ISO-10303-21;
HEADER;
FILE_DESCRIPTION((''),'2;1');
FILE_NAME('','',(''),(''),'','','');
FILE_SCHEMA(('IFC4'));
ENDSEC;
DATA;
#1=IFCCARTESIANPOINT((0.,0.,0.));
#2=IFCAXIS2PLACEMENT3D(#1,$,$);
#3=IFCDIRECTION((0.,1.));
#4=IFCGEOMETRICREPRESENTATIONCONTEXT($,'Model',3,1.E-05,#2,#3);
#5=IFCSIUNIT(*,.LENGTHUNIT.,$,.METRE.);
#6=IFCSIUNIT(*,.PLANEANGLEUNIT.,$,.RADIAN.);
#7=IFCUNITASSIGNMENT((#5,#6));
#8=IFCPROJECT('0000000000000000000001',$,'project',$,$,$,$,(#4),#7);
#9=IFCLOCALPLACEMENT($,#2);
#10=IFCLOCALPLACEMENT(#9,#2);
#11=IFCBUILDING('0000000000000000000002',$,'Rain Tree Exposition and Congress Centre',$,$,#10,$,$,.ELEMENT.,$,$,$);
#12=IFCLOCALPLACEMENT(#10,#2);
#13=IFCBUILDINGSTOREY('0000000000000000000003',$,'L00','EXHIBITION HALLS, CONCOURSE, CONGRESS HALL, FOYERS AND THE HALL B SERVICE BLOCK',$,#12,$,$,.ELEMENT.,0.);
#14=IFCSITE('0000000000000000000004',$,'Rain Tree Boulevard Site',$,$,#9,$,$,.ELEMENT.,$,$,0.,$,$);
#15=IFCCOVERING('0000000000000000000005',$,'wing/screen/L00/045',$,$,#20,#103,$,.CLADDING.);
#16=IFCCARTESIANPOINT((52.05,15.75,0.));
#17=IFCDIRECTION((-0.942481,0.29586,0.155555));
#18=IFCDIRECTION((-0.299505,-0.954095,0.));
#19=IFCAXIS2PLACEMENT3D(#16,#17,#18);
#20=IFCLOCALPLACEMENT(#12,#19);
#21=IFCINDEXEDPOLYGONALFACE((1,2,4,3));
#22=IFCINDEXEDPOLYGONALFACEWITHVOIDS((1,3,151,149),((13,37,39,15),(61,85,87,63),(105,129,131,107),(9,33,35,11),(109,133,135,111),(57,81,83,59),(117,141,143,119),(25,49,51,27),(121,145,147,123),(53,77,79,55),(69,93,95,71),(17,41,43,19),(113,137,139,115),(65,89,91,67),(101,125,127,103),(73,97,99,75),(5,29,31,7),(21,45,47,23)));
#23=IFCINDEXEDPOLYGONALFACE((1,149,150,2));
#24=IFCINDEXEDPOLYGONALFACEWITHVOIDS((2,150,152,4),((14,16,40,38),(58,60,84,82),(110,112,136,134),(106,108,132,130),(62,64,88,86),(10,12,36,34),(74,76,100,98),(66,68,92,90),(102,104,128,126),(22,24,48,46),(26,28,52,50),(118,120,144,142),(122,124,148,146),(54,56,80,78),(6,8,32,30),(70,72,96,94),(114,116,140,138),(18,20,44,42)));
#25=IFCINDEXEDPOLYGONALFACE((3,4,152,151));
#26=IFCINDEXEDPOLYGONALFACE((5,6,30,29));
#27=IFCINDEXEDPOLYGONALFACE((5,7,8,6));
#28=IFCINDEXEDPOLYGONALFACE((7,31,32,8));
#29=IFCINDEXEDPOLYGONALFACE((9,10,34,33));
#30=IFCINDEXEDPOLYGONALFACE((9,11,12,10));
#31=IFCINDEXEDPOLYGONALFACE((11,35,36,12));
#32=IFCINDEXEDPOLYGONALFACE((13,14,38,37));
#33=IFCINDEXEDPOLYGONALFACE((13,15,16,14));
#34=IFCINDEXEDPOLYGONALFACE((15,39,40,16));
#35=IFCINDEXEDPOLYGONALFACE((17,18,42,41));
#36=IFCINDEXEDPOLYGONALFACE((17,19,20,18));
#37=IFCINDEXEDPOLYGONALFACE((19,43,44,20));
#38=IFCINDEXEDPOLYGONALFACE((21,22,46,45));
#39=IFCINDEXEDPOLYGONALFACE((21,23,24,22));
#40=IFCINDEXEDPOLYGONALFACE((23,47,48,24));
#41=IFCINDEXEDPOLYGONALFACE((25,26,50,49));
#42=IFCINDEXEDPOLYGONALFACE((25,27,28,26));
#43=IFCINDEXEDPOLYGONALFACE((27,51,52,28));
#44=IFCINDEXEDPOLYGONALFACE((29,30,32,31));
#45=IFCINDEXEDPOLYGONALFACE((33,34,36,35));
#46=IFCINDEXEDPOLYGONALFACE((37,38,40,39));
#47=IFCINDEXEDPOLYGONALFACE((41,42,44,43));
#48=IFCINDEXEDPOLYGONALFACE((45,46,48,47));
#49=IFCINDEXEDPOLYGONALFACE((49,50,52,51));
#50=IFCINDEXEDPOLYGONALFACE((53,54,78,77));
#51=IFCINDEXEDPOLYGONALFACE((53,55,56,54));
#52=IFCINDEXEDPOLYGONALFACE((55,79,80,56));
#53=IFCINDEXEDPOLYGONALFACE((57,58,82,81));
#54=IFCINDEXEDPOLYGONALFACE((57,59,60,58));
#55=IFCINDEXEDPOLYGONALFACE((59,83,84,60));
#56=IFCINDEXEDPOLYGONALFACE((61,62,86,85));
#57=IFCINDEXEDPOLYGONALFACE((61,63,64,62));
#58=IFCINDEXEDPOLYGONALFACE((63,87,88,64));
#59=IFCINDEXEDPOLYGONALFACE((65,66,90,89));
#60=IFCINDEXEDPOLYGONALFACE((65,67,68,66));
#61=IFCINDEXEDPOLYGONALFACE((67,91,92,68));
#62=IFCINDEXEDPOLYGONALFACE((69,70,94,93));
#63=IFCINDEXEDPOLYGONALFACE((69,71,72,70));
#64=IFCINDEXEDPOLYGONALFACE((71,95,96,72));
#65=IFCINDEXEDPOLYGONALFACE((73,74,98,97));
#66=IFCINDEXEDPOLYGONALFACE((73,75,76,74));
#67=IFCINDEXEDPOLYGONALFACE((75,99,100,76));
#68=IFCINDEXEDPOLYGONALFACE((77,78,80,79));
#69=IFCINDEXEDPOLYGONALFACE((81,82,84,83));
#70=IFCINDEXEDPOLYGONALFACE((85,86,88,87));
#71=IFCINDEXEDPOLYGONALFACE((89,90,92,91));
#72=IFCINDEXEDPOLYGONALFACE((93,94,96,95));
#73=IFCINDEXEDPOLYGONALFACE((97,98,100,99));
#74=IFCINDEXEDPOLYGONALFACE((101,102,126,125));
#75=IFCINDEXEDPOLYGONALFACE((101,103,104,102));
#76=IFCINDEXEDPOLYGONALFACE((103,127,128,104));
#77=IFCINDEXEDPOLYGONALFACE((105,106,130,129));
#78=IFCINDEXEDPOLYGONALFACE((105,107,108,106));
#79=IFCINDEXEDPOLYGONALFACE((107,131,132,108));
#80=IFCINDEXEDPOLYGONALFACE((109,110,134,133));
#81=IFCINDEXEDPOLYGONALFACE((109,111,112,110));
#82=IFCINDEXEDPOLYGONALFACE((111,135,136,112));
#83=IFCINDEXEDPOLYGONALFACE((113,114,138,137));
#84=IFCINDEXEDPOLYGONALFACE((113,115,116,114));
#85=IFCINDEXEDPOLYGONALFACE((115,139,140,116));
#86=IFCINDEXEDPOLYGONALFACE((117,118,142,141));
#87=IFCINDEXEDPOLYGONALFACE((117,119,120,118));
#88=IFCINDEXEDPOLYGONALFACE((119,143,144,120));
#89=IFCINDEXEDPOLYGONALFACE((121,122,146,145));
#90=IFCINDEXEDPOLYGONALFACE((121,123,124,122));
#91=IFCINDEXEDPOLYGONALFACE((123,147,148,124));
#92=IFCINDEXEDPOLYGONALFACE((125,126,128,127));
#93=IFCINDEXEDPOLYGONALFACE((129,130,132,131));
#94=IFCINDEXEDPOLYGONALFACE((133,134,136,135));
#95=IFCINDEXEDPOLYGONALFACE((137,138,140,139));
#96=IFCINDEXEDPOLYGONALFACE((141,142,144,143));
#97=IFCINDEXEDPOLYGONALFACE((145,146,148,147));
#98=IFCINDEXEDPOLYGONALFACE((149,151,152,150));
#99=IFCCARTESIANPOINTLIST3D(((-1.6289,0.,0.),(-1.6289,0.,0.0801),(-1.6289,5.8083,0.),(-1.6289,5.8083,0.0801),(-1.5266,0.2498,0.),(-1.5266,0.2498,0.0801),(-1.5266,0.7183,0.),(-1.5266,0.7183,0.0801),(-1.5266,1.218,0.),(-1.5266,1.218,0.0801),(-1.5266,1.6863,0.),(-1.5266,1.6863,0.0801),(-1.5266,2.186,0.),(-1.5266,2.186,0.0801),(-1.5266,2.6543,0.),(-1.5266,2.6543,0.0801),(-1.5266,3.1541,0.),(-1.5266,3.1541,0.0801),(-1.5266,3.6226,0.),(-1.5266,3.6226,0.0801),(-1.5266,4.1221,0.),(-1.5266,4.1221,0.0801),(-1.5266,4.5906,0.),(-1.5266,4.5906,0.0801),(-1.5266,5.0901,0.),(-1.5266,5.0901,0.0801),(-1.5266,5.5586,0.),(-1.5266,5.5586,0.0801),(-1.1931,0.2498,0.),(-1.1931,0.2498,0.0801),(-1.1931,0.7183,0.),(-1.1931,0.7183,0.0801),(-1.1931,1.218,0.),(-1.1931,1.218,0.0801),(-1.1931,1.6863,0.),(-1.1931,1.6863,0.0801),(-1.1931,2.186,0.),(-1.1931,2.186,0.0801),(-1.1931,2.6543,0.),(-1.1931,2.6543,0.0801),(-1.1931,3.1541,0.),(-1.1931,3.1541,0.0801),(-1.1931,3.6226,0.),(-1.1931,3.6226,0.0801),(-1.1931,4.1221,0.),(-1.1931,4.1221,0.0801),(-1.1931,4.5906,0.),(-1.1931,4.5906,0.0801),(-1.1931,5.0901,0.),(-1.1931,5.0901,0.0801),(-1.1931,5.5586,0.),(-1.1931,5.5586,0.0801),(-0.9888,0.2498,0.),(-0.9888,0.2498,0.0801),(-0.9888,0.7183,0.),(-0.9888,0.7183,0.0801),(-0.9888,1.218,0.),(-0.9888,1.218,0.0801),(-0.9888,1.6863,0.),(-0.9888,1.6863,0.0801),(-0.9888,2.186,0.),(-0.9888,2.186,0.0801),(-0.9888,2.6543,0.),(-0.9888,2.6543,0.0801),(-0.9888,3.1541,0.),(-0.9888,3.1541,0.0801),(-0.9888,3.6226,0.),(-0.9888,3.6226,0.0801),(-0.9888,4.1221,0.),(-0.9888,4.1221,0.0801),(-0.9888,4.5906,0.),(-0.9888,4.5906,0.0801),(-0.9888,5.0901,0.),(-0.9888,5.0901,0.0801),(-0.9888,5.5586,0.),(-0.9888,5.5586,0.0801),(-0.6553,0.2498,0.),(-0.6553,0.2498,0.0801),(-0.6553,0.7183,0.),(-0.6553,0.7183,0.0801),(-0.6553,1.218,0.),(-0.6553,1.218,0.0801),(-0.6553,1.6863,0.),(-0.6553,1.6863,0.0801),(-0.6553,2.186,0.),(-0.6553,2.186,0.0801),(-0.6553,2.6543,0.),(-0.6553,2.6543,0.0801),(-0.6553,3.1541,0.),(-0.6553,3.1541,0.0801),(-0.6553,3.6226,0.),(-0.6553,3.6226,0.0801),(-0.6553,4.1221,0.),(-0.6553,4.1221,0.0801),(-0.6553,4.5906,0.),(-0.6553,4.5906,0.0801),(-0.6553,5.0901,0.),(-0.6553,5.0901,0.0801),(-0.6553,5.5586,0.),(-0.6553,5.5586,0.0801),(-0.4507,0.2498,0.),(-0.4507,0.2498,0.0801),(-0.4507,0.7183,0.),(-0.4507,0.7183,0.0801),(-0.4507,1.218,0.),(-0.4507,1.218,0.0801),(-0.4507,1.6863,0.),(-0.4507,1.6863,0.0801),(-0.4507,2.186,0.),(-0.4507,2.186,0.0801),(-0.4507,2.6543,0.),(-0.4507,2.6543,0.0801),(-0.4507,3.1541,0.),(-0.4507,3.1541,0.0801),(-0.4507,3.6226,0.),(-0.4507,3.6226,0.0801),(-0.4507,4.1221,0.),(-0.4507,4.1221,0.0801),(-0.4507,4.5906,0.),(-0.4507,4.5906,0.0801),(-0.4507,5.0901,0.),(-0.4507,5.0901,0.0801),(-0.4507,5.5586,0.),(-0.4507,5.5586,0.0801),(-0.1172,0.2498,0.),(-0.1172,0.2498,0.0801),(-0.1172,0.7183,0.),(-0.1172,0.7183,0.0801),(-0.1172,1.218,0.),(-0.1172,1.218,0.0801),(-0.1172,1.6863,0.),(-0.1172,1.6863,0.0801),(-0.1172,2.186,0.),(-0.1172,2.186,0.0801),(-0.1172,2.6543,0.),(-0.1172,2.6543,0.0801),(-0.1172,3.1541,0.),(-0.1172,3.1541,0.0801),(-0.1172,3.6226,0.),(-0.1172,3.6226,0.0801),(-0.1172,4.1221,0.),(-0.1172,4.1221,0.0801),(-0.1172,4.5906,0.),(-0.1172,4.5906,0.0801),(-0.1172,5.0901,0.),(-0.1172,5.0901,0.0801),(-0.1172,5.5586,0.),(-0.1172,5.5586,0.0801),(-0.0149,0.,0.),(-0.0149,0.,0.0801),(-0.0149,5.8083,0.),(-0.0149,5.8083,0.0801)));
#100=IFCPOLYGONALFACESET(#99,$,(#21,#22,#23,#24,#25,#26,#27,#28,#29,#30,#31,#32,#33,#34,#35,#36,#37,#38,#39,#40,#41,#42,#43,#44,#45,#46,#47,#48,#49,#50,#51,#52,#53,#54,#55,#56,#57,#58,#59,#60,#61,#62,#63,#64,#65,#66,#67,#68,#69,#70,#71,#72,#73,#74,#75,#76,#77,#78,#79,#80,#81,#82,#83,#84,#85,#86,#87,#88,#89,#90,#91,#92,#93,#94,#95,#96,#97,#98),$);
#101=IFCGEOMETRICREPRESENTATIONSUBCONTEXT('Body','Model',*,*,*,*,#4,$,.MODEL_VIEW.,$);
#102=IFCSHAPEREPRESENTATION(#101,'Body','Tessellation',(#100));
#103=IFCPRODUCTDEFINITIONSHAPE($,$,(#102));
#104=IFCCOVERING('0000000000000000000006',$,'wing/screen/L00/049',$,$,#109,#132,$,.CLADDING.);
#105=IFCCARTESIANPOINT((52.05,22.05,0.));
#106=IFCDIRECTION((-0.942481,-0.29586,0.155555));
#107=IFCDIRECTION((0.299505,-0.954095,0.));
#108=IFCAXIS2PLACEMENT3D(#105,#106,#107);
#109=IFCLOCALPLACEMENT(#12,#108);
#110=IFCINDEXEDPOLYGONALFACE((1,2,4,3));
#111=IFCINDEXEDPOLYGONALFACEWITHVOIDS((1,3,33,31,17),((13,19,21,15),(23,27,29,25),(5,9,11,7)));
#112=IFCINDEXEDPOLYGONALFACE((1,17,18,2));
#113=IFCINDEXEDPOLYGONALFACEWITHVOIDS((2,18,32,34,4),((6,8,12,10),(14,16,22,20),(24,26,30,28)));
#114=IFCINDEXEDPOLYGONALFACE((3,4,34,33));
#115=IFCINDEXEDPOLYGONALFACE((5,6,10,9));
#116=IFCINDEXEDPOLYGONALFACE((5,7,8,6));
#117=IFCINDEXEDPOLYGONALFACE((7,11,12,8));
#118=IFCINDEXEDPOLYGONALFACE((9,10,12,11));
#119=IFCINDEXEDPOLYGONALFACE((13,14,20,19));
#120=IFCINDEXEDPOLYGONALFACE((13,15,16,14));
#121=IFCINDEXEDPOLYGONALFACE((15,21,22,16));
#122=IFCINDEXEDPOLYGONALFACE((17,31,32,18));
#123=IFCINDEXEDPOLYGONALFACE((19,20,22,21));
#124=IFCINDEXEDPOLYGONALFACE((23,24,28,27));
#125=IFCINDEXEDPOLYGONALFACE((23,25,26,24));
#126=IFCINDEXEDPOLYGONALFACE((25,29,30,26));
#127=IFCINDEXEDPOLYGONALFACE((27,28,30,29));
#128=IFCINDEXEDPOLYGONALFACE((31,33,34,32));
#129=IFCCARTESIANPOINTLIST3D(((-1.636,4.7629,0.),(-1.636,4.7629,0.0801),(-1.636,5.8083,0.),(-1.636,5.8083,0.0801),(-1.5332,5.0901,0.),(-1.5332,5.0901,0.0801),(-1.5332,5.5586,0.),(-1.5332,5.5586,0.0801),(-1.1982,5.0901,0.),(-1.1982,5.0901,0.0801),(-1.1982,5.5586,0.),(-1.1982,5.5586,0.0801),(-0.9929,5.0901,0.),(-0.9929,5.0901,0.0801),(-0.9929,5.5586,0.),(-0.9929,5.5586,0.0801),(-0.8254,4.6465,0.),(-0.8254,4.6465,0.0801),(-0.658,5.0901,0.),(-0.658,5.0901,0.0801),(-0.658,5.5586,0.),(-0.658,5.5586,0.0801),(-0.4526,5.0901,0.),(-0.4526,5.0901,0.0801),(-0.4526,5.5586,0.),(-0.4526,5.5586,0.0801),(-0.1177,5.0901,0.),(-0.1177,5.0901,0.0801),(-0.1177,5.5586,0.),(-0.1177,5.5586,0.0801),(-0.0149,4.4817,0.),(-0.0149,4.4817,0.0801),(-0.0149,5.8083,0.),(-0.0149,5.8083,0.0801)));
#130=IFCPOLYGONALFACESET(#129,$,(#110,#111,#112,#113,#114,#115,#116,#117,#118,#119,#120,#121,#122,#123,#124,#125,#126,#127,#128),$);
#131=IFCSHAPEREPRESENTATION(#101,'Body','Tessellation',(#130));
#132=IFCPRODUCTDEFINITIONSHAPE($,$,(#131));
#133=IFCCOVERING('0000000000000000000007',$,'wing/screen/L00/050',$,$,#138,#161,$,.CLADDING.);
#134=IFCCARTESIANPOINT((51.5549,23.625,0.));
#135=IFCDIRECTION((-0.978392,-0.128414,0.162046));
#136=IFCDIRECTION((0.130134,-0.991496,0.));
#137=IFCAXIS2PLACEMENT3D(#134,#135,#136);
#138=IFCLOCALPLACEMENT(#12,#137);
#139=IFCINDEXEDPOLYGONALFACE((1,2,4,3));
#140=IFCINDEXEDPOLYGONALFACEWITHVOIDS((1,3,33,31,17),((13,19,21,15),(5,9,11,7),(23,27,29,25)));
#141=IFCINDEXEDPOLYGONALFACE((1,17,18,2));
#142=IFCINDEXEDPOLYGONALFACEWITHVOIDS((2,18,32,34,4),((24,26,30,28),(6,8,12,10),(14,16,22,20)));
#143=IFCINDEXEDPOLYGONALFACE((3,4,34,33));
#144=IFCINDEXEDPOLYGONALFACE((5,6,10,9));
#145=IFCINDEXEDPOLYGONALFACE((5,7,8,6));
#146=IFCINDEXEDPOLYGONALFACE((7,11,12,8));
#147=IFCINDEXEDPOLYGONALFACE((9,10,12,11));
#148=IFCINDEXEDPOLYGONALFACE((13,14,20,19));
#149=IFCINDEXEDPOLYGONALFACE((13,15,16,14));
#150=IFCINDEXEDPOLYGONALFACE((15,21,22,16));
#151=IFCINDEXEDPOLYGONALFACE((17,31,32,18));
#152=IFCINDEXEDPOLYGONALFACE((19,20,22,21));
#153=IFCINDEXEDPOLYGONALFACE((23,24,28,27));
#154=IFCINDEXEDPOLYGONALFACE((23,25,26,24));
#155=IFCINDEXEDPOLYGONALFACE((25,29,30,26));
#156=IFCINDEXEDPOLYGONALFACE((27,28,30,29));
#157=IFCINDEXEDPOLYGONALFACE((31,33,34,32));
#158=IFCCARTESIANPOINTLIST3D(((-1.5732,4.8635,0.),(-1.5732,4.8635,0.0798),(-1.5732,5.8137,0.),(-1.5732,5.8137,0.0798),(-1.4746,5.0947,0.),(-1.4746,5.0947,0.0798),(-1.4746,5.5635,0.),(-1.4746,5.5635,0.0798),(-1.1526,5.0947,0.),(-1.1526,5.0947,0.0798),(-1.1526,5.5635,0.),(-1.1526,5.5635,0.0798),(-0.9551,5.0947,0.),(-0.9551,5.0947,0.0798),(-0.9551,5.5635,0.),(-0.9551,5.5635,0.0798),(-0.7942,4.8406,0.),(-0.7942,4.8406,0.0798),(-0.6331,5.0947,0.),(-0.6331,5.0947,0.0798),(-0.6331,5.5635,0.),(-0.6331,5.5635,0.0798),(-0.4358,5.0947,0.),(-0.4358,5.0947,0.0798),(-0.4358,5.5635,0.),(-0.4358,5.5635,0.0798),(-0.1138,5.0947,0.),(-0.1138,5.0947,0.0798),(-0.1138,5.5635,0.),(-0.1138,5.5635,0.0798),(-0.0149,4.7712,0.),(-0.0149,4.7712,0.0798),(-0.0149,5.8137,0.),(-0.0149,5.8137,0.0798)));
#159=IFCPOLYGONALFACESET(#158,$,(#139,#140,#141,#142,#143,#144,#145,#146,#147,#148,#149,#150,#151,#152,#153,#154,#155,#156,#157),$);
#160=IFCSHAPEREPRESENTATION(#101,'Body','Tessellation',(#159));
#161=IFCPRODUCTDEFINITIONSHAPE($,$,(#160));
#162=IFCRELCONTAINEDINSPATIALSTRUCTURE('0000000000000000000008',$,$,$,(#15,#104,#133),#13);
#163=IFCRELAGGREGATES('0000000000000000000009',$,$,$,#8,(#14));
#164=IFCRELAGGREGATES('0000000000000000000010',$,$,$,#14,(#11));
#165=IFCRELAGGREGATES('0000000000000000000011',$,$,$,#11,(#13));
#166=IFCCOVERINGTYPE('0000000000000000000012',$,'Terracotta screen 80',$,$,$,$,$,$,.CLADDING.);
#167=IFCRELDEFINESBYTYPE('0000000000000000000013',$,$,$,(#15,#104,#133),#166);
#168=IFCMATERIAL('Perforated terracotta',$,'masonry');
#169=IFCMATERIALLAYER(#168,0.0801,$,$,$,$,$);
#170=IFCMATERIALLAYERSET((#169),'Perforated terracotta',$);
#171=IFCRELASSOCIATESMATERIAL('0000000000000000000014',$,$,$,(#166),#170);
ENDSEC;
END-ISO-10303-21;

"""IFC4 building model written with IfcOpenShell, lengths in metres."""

from ifc_helpers import new_model, si_unit, direction, frame, origin, place, context, subcontext, project, spatial, polyline, outline, extrude, material, layer, layer_set, type_object, element, save


model = new_model("IFC4")

# Units and contexts
model_context = context("Model", 3, precision=1e-05, world=origin(), true_north=direction((0.0, 1.0)))
body_context = subcontext(model_context, "Body", "Model", "MODEL_VIEW")
ifc_project = project(units=[si_unit("LENGTHUNIT", "METRE"), si_unit("PLANEANGLEUNIT", "RADIAN")], contexts=[model_context])

# Site, building, storey
site_placement = place(None, origin())
site = spatial("IfcSite", under=ifc_project, at=site_placement, Name="Rain Tree Boulevard Site", CompositionType="ELEMENT", RefElevation=0.0)
building_placement = place(site_placement, origin())
building = spatial("IfcBuilding", under=site, at=building_placement, Name="Rain Tree Exposition and Congress Centre", CompositionType="ELEMENT")
storey_placement = place(building_placement, origin())
storey = spatial("IfcBuildingStorey", under=building, at=storey_placement, Name="L00", Description="EXHIBITION HALLS, CONCOURSE, CONGRESS HALL, FOYERS AND THE HALL B SERVICE BLOCK", CompositionType="ELEMENT", Elevation=0.0)

# Coverings
ifc_material_1 = material(Name="Perforated terracotta", Category="masonry")
ifc_layer_1 = layer(ifc_material_1, 0.0801)
ifc_layer_set_1 = layer_set([ifc_layer_1], Name="Perforated terracotta")
covering_type = type_object("IfcCoveringType", Name="Terracotta screen 80", PredefinedType="CLADDING", material=ifc_layer_set_1)
covering_1_placement = place(storey_placement, frame((52.05, 15.75, 0.0), z_axis=(-0.942481, 0.29586, 0.155555), x_axis=(-0.299505, -0.954095, 0.0)))
element("IfcCovering", 1, at=covering_1_placement, inside=storey, type_object=covering_type, Name="wing/screen/L00/045", PredefinedType="CLADDING", context=body_context, shape_type="SweptSolid", body=[
    extrude(outline(polyline([(-0.0149, 5.8083), (-0.0149, 0.0), (-1.6289, 0.0), (-1.6289, 5.8083), (-0.0149, 5.8083)]), holes=[polyline([(-0.1172, 0.2498), (-0.1172, 0.7183), (-0.4507, 0.7183), (-0.4507, 0.2498), (-0.1172, 0.2498)]), polyline([(-0.1172, 1.218), (-0.1172, 1.6863), (-0.4507, 1.6863), (-0.4507, 1.218), (-0.1172, 1.218)]), polyline([(-0.1172, 2.186), (-0.1172, 2.6543), (-0.4507, 2.6543), (-0.4507, 2.186), (-0.1172, 2.186)]), polyline([(-0.1172, 3.1541), (-0.1172, 3.6226), (-0.4507, 3.6226), (-0.4507, 3.1541), (-0.1172, 3.1541)]), polyline([(-0.1172, 4.1221), (-0.1172, 4.5906), (-0.4507, 4.5906), (-0.4507, 4.1221), (-0.1172, 4.1221)]), polyline([(-0.1172, 5.0901), (-0.1172, 5.5586), (-0.4507, 5.5586), (-0.4507, 5.0901), (-0.1172, 5.0901)]), polyline([(-0.6553, 0.2498), (-0.6553, 0.7183), (-0.9888, 0.7183), (-0.9888, 0.2498), (-0.6553, 0.2498)]), polyline([(-0.6553, 1.218), (-0.6553, 1.6863), (-0.9888, 1.6863), (-0.9888, 1.218), (-0.6553, 1.218)]), polyline([(-0.6553, 2.186), (-0.6553, 2.6543), (-0.9888, 2.6543), (-0.9888, 2.186), (-0.6553, 2.186)]), polyline([(-0.6553, 3.1541), (-0.6553, 3.6226), (-0.9888, 3.6226), (-0.9888, 3.1541), (-0.6553, 3.1541)]), polyline([(-0.6553, 4.1221), (-0.6553, 4.5906), (-0.9888, 4.5906), (-0.9888, 4.1221), (-0.6553, 4.1221)]), polyline([(-0.6553, 5.0901), (-0.6553, 5.5586), (-0.9888, 5.5586), (-0.9888, 5.0901), (-0.6553, 5.0901)]), polyline([(-1.1931, 0.2498), (-1.1931, 0.7183), (-1.5266, 0.7183), (-1.5266, 0.2498), (-1.1931, 0.2498)]), polyline([(-1.1931, 1.218), (-1.1931, 1.6863), (-1.5266, 1.6863), (-1.5266, 1.218), (-1.1931, 1.218)]), polyline([(-1.1931, 2.186), (-1.1931, 2.6543), (-1.5266, 2.6543), (-1.5266, 2.186), (-1.1931, 2.186)]), polyline([(-1.1931, 3.1541), (-1.1931, 3.6226), (-1.5266, 3.6226), (-1.5266, 3.1541), (-1.1931, 3.1541)]), polyline([(-1.1931, 4.1221), (-1.1931, 4.5906), (-1.5266, 4.5906), (-1.5266, 4.1221), (-1.1931, 4.1221)]), polyline([(-1.1931, 5.0901), (-1.1931, 5.5586), (-1.5266, 5.5586), (-1.5266, 5.0901), (-1.1931, 5.0901)])]), origin(), (0.0, 0.0, 1.0), 0.0801),
])
covering_2_placement = place(storey_placement, frame((52.05, 22.05, 0.0), z_axis=(-0.942481, -0.29586, 0.155555), x_axis=(0.299505, -0.954095, 0.0)))
element("IfcCovering", 2, at=covering_2_placement, inside=storey, type_object=covering_type, Name="wing/screen/L00/049", PredefinedType="CLADDING", context=body_context, shape_type="SweptSolid", body=[
    extrude(outline(polyline([(-1.636, 5.8083), (-0.0149, 5.8083), (-0.0149, 4.4817), (-0.8254, 4.6465), (-1.636, 4.7629), (-1.636, 5.8083)]), holes=[polyline([(-0.1177, 5.0901), (-0.1177, 5.5586), (-0.4526, 5.5586), (-0.4526, 5.0901), (-0.1177, 5.0901)]), polyline([(-0.658, 5.0901), (-0.658, 5.5586), (-0.9929, 5.5586), (-0.9929, 5.0901), (-0.658, 5.0901)]), polyline([(-1.1982, 5.0901), (-1.1982, 5.5586), (-1.5332, 5.5586), (-1.5332, 5.0901), (-1.1982, 5.0901)])]), origin(), (0.0, 0.0, 1.0), 0.0801),
])
covering_3_placement = place(storey_placement, frame((51.5549, 23.625, 0.0), z_axis=(-0.978392, -0.128414, 0.162046), x_axis=(0.130134, -0.991496, 0.0)))
element("IfcCovering", 3, at=covering_3_placement, inside=storey, type_object=covering_type, Name="wing/screen/L00/050", PredefinedType="CLADDING", context=body_context, shape_type="SweptSolid", body=[
    extrude(outline(polyline([(-1.5732, 5.8137), (-0.0149, 5.8137), (-0.0149, 4.7712), (-0.7942, 4.8406), (-1.5732, 4.8635), (-1.5732, 5.8137)]), holes=[polyline([(-0.1138, 5.0947), (-0.1138, 5.5635), (-0.4358, 5.5635), (-0.4358, 5.0947), (-0.1138, 5.0947)]), polyline([(-0.6331, 5.0947), (-0.6331, 5.5635), (-0.9551, 5.5635), (-0.9551, 5.0947), (-0.6331, 5.0947)]), polyline([(-1.1526, 5.0947), (-1.1526, 5.5635), (-1.4746, 5.5635), (-1.4746, 5.0947), (-1.1526, 5.0947)])]), origin(), (0.0, 0.0, 1.0), 0.0798),
])

save(model, "model.ifc")
